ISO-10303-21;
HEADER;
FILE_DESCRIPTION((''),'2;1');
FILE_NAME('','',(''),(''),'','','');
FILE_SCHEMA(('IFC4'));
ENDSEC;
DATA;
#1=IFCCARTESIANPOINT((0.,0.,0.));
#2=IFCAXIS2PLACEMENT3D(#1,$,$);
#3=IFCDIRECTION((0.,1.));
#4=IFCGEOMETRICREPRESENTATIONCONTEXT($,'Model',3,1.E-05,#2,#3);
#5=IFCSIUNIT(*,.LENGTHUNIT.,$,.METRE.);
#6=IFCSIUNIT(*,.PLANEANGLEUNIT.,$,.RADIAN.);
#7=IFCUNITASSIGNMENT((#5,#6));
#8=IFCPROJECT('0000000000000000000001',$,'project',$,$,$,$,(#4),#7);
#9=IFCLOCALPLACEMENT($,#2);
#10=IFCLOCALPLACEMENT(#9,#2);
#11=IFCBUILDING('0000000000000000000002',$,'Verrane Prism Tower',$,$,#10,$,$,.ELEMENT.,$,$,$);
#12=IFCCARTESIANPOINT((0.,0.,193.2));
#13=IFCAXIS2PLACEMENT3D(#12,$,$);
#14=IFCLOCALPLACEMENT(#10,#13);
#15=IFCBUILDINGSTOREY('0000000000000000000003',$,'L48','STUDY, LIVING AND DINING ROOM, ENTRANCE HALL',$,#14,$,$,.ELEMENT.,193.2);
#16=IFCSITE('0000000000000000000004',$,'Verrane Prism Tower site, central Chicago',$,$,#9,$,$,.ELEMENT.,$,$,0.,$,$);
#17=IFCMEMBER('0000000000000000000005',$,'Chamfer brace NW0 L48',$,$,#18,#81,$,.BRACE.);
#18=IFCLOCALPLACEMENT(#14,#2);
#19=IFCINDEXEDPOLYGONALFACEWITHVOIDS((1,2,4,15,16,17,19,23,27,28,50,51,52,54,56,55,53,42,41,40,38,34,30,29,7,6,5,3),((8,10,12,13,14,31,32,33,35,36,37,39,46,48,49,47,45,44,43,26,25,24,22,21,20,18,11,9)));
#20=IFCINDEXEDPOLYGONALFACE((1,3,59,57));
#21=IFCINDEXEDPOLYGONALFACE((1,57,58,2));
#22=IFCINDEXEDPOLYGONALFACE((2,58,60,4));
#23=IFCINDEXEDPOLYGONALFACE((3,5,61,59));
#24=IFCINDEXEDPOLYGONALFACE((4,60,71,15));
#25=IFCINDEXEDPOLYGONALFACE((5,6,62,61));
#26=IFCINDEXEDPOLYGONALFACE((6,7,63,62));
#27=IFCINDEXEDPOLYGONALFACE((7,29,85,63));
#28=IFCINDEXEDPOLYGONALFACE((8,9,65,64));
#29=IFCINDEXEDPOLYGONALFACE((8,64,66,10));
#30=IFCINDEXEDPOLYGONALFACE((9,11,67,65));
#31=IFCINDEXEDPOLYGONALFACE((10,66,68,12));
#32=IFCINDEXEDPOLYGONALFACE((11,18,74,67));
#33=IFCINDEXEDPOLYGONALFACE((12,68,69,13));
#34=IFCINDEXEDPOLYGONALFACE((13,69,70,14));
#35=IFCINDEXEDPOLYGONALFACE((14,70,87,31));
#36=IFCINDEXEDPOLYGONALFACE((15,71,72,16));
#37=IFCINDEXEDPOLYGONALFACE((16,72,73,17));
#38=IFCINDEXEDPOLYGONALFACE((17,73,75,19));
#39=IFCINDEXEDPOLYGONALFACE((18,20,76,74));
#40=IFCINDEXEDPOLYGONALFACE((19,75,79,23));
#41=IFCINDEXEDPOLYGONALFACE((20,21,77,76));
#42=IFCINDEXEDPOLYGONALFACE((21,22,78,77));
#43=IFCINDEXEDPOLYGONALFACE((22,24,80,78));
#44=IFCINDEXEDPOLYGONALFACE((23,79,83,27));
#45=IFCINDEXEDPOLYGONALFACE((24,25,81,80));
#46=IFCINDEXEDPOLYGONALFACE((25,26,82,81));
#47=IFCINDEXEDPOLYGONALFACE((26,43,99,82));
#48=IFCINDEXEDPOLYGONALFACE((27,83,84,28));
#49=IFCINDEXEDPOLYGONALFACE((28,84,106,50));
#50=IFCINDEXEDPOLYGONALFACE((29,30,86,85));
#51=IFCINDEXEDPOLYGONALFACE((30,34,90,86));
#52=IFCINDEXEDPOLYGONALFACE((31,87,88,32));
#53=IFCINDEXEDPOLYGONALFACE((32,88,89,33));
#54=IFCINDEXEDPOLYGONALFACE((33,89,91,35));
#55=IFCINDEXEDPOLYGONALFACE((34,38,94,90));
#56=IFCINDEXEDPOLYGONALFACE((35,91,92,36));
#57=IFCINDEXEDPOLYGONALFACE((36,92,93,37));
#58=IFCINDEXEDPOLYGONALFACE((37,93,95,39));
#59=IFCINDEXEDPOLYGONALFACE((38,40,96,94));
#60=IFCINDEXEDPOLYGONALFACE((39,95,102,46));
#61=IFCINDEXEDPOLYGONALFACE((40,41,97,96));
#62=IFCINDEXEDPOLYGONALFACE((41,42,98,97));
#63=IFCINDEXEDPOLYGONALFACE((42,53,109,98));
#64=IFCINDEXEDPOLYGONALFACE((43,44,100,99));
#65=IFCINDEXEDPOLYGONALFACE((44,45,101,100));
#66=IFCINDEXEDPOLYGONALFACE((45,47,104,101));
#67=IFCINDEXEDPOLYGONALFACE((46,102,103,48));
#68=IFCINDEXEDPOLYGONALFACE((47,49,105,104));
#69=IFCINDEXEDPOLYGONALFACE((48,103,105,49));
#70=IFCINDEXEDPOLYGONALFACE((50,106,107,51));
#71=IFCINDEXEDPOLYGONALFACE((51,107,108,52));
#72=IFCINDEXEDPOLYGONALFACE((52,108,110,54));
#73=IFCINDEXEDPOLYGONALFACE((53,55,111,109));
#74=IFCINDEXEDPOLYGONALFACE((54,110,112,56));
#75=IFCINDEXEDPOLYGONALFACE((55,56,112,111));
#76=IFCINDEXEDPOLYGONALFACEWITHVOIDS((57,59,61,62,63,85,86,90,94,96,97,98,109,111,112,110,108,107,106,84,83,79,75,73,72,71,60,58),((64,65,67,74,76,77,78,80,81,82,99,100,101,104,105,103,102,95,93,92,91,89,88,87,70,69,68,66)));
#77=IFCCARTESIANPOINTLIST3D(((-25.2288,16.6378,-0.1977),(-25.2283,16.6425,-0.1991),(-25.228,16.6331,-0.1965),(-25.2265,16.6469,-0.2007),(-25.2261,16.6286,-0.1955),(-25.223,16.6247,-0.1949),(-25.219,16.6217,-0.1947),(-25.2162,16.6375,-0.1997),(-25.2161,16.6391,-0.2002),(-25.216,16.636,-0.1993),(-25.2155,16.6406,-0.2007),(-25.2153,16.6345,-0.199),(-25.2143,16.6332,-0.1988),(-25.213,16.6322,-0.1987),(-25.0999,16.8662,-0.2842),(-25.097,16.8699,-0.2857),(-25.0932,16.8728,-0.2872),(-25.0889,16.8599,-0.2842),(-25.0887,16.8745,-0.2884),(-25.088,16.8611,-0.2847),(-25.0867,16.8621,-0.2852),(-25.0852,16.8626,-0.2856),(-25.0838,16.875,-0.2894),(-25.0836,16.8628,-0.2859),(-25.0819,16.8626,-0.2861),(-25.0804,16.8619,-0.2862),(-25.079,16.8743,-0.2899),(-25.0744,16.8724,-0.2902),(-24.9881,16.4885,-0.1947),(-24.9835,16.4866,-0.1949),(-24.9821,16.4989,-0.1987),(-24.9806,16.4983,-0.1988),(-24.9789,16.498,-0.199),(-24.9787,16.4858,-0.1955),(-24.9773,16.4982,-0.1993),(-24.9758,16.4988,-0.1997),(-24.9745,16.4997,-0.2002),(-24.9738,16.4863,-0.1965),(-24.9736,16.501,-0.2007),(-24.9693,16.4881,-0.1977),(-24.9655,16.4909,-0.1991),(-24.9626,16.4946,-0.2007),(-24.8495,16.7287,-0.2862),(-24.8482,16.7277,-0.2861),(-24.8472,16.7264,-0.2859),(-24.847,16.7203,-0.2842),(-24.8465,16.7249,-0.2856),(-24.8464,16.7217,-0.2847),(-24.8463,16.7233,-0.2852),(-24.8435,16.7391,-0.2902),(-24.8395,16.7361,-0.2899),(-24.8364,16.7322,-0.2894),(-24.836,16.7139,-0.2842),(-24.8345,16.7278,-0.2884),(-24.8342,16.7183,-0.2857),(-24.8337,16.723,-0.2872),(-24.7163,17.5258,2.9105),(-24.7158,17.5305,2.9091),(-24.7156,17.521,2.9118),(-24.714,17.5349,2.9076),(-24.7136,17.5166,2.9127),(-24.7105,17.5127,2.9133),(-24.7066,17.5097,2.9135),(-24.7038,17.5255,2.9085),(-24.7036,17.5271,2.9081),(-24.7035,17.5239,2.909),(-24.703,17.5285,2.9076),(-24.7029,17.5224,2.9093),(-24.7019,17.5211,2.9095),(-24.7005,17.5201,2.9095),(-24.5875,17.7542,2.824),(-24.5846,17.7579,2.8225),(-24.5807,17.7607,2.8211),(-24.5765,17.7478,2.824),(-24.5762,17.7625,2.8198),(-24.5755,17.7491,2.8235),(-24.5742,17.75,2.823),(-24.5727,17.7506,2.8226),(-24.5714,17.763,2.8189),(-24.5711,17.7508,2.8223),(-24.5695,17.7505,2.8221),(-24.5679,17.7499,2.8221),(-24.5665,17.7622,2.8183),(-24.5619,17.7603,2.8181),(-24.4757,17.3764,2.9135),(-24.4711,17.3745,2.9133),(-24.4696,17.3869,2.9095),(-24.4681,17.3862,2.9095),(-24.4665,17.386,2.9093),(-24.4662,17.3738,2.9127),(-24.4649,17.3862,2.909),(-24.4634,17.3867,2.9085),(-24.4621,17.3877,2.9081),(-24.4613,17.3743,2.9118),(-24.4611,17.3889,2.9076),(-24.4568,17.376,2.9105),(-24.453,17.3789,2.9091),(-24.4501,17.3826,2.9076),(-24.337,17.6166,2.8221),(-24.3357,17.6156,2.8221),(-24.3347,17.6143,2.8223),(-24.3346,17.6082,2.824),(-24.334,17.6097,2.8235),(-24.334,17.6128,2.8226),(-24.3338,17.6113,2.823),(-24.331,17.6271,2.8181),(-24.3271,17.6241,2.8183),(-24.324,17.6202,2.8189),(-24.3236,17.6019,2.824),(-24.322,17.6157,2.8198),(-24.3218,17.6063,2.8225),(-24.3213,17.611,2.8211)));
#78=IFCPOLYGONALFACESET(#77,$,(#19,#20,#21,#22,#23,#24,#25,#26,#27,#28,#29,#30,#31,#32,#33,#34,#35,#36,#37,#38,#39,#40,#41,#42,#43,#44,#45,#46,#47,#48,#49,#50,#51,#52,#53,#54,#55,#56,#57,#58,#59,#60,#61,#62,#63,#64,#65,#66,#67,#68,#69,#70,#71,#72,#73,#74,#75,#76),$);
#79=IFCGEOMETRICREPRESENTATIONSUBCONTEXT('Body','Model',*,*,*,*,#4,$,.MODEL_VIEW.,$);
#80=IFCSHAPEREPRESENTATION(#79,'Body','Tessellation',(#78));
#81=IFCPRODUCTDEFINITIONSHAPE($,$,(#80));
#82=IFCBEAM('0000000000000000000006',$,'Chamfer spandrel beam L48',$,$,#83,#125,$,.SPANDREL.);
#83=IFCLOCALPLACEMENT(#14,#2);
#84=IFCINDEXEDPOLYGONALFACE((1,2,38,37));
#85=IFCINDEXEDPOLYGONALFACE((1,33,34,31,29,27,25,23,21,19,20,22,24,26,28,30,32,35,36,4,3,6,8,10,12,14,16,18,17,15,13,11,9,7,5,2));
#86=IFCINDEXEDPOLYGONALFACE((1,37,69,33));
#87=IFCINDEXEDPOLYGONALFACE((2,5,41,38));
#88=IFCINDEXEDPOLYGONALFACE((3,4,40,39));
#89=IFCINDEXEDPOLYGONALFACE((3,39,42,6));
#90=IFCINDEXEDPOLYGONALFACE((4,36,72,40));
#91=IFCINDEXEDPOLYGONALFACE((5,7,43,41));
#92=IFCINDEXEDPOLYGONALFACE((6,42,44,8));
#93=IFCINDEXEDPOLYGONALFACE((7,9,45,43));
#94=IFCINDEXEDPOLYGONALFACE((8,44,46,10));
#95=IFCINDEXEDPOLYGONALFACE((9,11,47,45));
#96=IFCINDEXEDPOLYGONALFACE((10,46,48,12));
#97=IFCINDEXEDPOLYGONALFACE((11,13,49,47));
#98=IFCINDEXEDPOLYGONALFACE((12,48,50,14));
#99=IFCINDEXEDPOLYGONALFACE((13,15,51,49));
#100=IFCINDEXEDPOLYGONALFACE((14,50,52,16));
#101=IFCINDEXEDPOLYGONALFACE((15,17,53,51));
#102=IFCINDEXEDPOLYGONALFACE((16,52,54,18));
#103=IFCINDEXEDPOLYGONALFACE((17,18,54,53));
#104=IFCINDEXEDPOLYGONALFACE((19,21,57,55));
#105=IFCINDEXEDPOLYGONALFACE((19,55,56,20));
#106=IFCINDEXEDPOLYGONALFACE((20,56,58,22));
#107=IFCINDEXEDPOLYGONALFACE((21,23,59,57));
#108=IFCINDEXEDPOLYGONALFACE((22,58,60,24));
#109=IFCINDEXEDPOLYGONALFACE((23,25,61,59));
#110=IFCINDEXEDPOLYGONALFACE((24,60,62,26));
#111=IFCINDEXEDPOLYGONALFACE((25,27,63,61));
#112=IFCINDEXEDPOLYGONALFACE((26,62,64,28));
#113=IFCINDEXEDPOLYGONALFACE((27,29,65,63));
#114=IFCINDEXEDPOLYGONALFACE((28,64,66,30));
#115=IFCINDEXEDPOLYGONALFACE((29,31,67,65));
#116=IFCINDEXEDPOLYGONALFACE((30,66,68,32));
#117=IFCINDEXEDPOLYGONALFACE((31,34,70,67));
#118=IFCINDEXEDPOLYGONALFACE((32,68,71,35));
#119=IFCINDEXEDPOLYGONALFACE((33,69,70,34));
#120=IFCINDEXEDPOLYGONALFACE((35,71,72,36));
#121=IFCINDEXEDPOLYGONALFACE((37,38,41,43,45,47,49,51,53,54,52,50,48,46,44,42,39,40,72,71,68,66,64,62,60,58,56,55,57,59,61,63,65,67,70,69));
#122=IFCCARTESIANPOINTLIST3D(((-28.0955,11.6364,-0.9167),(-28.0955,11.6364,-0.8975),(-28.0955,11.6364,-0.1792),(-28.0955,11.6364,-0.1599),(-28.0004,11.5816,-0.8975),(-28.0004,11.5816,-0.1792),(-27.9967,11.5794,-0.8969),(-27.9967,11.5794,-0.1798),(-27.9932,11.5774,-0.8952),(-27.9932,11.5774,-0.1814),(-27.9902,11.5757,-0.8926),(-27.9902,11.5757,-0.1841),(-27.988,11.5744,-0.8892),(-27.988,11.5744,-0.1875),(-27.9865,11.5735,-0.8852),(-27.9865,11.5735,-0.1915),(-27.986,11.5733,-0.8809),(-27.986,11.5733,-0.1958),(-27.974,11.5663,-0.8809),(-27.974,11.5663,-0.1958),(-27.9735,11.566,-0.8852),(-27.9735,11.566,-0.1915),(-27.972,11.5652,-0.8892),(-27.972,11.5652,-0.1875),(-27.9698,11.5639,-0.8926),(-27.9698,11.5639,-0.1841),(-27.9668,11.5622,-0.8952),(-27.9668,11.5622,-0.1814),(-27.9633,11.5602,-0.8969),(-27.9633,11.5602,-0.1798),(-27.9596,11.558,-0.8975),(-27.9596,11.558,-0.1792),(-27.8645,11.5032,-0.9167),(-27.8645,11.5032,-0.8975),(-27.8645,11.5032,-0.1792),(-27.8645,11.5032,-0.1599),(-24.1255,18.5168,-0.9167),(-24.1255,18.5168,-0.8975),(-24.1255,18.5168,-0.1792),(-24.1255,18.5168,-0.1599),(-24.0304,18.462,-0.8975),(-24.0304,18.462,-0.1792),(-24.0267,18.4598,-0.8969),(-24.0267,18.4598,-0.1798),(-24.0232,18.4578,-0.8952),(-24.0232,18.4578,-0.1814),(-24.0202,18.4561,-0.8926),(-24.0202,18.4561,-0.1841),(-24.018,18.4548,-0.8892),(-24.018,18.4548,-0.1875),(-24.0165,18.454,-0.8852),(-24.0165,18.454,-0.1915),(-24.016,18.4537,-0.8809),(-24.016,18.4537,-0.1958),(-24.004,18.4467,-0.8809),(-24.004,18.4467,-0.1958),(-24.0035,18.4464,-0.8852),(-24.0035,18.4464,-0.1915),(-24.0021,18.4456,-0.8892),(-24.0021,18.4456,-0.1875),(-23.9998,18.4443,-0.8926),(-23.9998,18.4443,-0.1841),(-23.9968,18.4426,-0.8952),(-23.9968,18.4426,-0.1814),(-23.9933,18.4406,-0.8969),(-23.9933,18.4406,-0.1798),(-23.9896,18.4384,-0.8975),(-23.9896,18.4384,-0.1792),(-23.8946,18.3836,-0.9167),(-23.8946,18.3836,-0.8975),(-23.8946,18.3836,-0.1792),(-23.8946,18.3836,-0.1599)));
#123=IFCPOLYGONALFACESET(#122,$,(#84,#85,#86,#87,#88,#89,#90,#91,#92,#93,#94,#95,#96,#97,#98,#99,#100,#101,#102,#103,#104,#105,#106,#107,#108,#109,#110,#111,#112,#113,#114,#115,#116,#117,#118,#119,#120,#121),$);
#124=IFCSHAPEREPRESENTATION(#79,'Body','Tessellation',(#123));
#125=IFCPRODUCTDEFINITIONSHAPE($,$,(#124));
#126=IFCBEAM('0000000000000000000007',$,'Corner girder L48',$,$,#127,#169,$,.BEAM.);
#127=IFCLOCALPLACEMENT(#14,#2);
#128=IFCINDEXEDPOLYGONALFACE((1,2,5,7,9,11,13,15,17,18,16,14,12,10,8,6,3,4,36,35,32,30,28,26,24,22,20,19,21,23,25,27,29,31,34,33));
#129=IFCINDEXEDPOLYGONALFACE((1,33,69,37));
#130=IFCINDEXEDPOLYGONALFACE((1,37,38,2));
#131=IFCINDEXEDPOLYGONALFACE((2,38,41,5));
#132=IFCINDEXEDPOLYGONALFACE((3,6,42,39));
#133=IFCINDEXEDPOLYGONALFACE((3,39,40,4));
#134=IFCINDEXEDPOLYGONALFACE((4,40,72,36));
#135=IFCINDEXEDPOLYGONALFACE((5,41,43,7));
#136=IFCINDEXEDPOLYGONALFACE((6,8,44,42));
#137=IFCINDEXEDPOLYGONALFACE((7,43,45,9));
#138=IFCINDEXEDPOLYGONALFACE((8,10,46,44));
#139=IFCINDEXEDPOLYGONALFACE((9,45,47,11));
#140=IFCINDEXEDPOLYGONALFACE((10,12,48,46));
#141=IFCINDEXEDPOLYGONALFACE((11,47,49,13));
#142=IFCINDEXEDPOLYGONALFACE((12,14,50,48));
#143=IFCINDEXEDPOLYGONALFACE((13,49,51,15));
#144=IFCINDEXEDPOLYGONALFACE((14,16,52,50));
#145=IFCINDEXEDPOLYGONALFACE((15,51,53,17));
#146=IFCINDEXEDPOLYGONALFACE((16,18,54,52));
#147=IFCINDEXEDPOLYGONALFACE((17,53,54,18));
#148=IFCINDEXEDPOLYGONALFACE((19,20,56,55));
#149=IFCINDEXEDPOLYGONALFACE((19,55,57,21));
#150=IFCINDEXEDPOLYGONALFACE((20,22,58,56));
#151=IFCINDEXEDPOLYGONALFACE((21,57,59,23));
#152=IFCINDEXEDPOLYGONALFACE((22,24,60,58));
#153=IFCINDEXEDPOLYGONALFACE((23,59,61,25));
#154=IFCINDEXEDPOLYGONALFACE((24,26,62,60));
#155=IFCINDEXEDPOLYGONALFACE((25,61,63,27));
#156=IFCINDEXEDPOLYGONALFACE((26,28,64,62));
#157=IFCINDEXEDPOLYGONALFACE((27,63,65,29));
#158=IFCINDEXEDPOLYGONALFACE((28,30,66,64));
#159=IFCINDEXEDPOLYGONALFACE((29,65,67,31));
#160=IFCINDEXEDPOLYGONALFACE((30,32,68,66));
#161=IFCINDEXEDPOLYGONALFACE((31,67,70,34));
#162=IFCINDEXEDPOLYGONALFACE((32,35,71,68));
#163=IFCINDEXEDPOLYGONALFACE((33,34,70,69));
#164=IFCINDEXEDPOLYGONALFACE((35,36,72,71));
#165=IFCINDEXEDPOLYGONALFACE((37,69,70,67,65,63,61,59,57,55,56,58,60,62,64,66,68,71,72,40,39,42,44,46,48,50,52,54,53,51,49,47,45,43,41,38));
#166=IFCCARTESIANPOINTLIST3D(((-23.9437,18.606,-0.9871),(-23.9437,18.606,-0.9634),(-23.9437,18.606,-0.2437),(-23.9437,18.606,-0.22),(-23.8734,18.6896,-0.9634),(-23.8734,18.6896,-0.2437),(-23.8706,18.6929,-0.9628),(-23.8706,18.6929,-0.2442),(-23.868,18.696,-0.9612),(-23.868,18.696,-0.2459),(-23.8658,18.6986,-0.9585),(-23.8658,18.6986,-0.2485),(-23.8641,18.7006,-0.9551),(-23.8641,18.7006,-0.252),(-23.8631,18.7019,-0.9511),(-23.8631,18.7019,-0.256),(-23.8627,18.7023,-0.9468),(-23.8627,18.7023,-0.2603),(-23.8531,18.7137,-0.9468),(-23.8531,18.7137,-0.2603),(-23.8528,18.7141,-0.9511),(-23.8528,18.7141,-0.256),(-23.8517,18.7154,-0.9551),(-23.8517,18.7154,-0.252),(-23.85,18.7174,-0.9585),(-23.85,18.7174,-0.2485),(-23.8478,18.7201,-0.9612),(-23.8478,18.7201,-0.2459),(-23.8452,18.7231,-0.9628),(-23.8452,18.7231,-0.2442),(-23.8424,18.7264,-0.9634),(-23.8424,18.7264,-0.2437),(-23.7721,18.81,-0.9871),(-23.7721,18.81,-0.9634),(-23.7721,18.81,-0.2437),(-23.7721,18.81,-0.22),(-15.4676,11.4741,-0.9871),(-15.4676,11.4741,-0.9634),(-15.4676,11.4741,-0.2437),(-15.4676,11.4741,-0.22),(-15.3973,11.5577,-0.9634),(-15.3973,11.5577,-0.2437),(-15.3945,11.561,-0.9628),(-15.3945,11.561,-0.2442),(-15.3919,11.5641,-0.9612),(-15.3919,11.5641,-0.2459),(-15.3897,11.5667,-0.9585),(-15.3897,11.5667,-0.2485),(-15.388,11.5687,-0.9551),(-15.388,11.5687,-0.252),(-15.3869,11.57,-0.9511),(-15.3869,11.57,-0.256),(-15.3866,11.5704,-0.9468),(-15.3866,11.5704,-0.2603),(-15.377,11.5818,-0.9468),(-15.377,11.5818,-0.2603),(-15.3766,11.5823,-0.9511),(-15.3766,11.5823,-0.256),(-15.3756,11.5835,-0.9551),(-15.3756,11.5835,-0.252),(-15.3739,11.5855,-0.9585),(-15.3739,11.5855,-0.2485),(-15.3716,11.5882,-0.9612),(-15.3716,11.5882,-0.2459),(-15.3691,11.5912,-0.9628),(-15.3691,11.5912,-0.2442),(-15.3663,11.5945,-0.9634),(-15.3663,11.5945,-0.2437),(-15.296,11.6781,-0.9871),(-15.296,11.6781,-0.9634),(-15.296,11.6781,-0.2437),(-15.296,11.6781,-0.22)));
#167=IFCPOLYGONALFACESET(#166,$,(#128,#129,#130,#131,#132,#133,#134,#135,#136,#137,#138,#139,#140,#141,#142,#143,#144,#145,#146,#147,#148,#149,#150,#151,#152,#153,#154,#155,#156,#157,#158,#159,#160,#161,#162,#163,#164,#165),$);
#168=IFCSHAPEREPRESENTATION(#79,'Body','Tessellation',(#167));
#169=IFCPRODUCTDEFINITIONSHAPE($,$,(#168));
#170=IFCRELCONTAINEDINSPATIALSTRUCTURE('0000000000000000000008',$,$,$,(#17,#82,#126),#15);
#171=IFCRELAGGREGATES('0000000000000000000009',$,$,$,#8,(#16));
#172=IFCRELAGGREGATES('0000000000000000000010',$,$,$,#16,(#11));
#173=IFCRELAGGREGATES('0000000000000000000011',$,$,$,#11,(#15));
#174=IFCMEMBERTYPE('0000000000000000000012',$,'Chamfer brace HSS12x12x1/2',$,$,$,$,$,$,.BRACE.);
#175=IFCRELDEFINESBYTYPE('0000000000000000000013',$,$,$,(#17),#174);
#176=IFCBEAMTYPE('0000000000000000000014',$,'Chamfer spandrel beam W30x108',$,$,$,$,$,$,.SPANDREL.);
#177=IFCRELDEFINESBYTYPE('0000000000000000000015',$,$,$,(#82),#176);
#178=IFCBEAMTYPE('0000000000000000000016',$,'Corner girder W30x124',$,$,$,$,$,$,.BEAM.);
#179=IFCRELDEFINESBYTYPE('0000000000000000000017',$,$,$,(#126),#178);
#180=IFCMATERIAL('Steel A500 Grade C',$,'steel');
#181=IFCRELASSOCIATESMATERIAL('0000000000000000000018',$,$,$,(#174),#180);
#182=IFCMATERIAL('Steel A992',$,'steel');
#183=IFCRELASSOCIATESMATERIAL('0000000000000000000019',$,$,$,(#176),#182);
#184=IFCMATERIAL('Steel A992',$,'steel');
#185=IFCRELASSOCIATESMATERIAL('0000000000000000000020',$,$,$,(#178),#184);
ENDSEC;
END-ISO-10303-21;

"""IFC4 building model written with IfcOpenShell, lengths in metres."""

from ifc_helpers import new_model, si_unit, direction, frame, origin, origin_2d, place, context, subcontext, project, spatial, hollow_rectangle, i_section, extrude, material, material_profile, profile_set, type_object, element, save


model = new_model("IFC4")

# Units and contexts
model_context = context("Model", 3, precision=1e-05, world=origin(), true_north=direction((0.0, 1.0)))
body_context = subcontext(model_context, "Body", "Model", "MODEL_VIEW")
ifc_project = project(units=[si_unit("LENGTHUNIT", "METRE"), si_unit("PLANEANGLEUNIT", "RADIAN")], contexts=[model_context])

# Site, building, storey
site_placement = place(None, origin())
site = spatial("IfcSite", under=ifc_project, at=site_placement, Name="Verrane Prism Tower site, central Chicago", CompositionType="ELEMENT", RefElevation=0.0)
building_placement = place(site_placement, origin())
building = spatial("IfcBuilding", under=site, at=building_placement, Name="Verrane Prism Tower", CompositionType="ELEMENT")
storey_placement = place(building_placement, frame((0.0, 0.0, 193.2)))
storey = spatial("IfcBuildingStorey", under=building, at=storey_placement, Name="L48", Description="STUDY, LIVING AND DINING ROOM, ENTRANCE HALL", CompositionType="ELEMENT", Elevation=193.2)

# Member
ifc_material_1 = material(Name="Steel A500 Grade C", Category="steel")
ifc_material_profile_1 = material_profile(ifc_material_1, hollow_rectangle(XDim=0.3047, YDim=0.3047, WallThickness=0.0127, InnerFilletRadius=0.0063, OuterFilletRadius=0.019, at=origin_2d()), Name="HSS12x12x1/2")
ifc_profile_set_1 = profile_set([ifc_material_profile_1], Name="Steel A500 Grade C")
member_type_1 = type_object("IfcMemberType", Name="Chamfer brace HSS12x12x1/2", PredefinedType="BRACE", material=ifc_profile_set_1)
member_1_placement = place(storey_placement, frame((-25.0312, 16.6804, -0.2424), z_axis=(0.156576, 0.271303, 0.949673), x_axis=(-0.86611, 0.499853, 0.0)))
element("IfcMember", 1, at=member_1_placement, inside=storey, type_object=member_type_1, Name="Chamfer brace NW0 L48", PredefinedType="BRACE", context=body_context, shape_type="SweptSolid", body=[
    extrude(hollow_rectangle(XDim=0.3047, YDim=0.3047, WallThickness=0.0127, InnerFilletRadius=0.0063, OuterFilletRadius=0.019, at=origin_2d()), origin(), (0.0, 0.0, 1.0), 3.2729),
])

# Beams
ifc_material_2 = material(Name="Steel A992", Category="steel")
ifc_material_profile_2 = material_profile(ifc_material_2, i_section(OverallWidth=0.2666, OverallDepth=0.7568, WebThickness=0.0139, FlangeThickness=0.0193, FilletRadius=0.0166, at=origin_2d()), Name="W30x108")
ifc_profile_set_2 = profile_set([ifc_material_profile_2], Name="Steel A992")
beam_type_1 = type_object("IfcBeamType", Name="Chamfer spandrel beam W30x108", PredefinedType="SPANDREL", material=ifc_profile_set_2)
beam_1_placement = place(storey_placement, frame((-24.01, 18.4502, -0.5383), z_axis=(-0.499772, -0.866157, 0.0), x_axis=(0.866157, -0.499772, 0.0)))
element("IfcBeam", 2, at=beam_1_placement, inside=storey, type_object=beam_type_1, Name="Chamfer spandrel beam L48", PredefinedType="SPANDREL", context=body_context, shape_type="SweptSolid", body=[
    extrude(i_section(OverallWidth=0.2666, OverallDepth=0.7568, WebThickness=0.0139, FlangeThickness=0.0193, FilletRadius=0.0166, at=origin_2d()), origin(), (0.0, 0.0, 1.0), 7.9436),
])
ifc_material_3 = material(Name="Steel A992", Category="steel")
ifc_material_profile_3 = material_profile(ifc_material_3, i_section(OverallWidth=0.2666, OverallDepth=0.7671, WebThickness=0.0149, FlangeThickness=0.0237, FilletRadius=0.0166, at=origin_2d()), Name="W30x124")
ifc_profile_set_3 = profile_set([ifc_material_profile_3], Name="Steel A992")
beam_type_2 = type_object("IfcBeamType", Name="Corner girder W30x124", PredefinedType="BEAM", material=ifc_profile_set_3)
beam_2_placement = place(storey_placement, frame((-23.8579, 18.708, -0.6035), z_axis=(0.765174, -0.643823, 0.0), x_axis=(0.643823, 0.765174, 0.0)))
element("IfcBeam", 3, at=beam_2_placement, inside=storey, type_object=beam_type_2, Name="Corner girder L48", PredefinedType="BEAM", context=body_context, shape_type="SweptSolid", body=[
    extrude(i_section(OverallWidth=0.2666, OverallDepth=0.7671, WebThickness=0.0149, FlangeThickness=0.0237, FilletRadius=0.0166, at=origin_2d()), origin(), (0.0, 0.0, 1.0), 11.0774),
])

save(model, "model.ifc")
